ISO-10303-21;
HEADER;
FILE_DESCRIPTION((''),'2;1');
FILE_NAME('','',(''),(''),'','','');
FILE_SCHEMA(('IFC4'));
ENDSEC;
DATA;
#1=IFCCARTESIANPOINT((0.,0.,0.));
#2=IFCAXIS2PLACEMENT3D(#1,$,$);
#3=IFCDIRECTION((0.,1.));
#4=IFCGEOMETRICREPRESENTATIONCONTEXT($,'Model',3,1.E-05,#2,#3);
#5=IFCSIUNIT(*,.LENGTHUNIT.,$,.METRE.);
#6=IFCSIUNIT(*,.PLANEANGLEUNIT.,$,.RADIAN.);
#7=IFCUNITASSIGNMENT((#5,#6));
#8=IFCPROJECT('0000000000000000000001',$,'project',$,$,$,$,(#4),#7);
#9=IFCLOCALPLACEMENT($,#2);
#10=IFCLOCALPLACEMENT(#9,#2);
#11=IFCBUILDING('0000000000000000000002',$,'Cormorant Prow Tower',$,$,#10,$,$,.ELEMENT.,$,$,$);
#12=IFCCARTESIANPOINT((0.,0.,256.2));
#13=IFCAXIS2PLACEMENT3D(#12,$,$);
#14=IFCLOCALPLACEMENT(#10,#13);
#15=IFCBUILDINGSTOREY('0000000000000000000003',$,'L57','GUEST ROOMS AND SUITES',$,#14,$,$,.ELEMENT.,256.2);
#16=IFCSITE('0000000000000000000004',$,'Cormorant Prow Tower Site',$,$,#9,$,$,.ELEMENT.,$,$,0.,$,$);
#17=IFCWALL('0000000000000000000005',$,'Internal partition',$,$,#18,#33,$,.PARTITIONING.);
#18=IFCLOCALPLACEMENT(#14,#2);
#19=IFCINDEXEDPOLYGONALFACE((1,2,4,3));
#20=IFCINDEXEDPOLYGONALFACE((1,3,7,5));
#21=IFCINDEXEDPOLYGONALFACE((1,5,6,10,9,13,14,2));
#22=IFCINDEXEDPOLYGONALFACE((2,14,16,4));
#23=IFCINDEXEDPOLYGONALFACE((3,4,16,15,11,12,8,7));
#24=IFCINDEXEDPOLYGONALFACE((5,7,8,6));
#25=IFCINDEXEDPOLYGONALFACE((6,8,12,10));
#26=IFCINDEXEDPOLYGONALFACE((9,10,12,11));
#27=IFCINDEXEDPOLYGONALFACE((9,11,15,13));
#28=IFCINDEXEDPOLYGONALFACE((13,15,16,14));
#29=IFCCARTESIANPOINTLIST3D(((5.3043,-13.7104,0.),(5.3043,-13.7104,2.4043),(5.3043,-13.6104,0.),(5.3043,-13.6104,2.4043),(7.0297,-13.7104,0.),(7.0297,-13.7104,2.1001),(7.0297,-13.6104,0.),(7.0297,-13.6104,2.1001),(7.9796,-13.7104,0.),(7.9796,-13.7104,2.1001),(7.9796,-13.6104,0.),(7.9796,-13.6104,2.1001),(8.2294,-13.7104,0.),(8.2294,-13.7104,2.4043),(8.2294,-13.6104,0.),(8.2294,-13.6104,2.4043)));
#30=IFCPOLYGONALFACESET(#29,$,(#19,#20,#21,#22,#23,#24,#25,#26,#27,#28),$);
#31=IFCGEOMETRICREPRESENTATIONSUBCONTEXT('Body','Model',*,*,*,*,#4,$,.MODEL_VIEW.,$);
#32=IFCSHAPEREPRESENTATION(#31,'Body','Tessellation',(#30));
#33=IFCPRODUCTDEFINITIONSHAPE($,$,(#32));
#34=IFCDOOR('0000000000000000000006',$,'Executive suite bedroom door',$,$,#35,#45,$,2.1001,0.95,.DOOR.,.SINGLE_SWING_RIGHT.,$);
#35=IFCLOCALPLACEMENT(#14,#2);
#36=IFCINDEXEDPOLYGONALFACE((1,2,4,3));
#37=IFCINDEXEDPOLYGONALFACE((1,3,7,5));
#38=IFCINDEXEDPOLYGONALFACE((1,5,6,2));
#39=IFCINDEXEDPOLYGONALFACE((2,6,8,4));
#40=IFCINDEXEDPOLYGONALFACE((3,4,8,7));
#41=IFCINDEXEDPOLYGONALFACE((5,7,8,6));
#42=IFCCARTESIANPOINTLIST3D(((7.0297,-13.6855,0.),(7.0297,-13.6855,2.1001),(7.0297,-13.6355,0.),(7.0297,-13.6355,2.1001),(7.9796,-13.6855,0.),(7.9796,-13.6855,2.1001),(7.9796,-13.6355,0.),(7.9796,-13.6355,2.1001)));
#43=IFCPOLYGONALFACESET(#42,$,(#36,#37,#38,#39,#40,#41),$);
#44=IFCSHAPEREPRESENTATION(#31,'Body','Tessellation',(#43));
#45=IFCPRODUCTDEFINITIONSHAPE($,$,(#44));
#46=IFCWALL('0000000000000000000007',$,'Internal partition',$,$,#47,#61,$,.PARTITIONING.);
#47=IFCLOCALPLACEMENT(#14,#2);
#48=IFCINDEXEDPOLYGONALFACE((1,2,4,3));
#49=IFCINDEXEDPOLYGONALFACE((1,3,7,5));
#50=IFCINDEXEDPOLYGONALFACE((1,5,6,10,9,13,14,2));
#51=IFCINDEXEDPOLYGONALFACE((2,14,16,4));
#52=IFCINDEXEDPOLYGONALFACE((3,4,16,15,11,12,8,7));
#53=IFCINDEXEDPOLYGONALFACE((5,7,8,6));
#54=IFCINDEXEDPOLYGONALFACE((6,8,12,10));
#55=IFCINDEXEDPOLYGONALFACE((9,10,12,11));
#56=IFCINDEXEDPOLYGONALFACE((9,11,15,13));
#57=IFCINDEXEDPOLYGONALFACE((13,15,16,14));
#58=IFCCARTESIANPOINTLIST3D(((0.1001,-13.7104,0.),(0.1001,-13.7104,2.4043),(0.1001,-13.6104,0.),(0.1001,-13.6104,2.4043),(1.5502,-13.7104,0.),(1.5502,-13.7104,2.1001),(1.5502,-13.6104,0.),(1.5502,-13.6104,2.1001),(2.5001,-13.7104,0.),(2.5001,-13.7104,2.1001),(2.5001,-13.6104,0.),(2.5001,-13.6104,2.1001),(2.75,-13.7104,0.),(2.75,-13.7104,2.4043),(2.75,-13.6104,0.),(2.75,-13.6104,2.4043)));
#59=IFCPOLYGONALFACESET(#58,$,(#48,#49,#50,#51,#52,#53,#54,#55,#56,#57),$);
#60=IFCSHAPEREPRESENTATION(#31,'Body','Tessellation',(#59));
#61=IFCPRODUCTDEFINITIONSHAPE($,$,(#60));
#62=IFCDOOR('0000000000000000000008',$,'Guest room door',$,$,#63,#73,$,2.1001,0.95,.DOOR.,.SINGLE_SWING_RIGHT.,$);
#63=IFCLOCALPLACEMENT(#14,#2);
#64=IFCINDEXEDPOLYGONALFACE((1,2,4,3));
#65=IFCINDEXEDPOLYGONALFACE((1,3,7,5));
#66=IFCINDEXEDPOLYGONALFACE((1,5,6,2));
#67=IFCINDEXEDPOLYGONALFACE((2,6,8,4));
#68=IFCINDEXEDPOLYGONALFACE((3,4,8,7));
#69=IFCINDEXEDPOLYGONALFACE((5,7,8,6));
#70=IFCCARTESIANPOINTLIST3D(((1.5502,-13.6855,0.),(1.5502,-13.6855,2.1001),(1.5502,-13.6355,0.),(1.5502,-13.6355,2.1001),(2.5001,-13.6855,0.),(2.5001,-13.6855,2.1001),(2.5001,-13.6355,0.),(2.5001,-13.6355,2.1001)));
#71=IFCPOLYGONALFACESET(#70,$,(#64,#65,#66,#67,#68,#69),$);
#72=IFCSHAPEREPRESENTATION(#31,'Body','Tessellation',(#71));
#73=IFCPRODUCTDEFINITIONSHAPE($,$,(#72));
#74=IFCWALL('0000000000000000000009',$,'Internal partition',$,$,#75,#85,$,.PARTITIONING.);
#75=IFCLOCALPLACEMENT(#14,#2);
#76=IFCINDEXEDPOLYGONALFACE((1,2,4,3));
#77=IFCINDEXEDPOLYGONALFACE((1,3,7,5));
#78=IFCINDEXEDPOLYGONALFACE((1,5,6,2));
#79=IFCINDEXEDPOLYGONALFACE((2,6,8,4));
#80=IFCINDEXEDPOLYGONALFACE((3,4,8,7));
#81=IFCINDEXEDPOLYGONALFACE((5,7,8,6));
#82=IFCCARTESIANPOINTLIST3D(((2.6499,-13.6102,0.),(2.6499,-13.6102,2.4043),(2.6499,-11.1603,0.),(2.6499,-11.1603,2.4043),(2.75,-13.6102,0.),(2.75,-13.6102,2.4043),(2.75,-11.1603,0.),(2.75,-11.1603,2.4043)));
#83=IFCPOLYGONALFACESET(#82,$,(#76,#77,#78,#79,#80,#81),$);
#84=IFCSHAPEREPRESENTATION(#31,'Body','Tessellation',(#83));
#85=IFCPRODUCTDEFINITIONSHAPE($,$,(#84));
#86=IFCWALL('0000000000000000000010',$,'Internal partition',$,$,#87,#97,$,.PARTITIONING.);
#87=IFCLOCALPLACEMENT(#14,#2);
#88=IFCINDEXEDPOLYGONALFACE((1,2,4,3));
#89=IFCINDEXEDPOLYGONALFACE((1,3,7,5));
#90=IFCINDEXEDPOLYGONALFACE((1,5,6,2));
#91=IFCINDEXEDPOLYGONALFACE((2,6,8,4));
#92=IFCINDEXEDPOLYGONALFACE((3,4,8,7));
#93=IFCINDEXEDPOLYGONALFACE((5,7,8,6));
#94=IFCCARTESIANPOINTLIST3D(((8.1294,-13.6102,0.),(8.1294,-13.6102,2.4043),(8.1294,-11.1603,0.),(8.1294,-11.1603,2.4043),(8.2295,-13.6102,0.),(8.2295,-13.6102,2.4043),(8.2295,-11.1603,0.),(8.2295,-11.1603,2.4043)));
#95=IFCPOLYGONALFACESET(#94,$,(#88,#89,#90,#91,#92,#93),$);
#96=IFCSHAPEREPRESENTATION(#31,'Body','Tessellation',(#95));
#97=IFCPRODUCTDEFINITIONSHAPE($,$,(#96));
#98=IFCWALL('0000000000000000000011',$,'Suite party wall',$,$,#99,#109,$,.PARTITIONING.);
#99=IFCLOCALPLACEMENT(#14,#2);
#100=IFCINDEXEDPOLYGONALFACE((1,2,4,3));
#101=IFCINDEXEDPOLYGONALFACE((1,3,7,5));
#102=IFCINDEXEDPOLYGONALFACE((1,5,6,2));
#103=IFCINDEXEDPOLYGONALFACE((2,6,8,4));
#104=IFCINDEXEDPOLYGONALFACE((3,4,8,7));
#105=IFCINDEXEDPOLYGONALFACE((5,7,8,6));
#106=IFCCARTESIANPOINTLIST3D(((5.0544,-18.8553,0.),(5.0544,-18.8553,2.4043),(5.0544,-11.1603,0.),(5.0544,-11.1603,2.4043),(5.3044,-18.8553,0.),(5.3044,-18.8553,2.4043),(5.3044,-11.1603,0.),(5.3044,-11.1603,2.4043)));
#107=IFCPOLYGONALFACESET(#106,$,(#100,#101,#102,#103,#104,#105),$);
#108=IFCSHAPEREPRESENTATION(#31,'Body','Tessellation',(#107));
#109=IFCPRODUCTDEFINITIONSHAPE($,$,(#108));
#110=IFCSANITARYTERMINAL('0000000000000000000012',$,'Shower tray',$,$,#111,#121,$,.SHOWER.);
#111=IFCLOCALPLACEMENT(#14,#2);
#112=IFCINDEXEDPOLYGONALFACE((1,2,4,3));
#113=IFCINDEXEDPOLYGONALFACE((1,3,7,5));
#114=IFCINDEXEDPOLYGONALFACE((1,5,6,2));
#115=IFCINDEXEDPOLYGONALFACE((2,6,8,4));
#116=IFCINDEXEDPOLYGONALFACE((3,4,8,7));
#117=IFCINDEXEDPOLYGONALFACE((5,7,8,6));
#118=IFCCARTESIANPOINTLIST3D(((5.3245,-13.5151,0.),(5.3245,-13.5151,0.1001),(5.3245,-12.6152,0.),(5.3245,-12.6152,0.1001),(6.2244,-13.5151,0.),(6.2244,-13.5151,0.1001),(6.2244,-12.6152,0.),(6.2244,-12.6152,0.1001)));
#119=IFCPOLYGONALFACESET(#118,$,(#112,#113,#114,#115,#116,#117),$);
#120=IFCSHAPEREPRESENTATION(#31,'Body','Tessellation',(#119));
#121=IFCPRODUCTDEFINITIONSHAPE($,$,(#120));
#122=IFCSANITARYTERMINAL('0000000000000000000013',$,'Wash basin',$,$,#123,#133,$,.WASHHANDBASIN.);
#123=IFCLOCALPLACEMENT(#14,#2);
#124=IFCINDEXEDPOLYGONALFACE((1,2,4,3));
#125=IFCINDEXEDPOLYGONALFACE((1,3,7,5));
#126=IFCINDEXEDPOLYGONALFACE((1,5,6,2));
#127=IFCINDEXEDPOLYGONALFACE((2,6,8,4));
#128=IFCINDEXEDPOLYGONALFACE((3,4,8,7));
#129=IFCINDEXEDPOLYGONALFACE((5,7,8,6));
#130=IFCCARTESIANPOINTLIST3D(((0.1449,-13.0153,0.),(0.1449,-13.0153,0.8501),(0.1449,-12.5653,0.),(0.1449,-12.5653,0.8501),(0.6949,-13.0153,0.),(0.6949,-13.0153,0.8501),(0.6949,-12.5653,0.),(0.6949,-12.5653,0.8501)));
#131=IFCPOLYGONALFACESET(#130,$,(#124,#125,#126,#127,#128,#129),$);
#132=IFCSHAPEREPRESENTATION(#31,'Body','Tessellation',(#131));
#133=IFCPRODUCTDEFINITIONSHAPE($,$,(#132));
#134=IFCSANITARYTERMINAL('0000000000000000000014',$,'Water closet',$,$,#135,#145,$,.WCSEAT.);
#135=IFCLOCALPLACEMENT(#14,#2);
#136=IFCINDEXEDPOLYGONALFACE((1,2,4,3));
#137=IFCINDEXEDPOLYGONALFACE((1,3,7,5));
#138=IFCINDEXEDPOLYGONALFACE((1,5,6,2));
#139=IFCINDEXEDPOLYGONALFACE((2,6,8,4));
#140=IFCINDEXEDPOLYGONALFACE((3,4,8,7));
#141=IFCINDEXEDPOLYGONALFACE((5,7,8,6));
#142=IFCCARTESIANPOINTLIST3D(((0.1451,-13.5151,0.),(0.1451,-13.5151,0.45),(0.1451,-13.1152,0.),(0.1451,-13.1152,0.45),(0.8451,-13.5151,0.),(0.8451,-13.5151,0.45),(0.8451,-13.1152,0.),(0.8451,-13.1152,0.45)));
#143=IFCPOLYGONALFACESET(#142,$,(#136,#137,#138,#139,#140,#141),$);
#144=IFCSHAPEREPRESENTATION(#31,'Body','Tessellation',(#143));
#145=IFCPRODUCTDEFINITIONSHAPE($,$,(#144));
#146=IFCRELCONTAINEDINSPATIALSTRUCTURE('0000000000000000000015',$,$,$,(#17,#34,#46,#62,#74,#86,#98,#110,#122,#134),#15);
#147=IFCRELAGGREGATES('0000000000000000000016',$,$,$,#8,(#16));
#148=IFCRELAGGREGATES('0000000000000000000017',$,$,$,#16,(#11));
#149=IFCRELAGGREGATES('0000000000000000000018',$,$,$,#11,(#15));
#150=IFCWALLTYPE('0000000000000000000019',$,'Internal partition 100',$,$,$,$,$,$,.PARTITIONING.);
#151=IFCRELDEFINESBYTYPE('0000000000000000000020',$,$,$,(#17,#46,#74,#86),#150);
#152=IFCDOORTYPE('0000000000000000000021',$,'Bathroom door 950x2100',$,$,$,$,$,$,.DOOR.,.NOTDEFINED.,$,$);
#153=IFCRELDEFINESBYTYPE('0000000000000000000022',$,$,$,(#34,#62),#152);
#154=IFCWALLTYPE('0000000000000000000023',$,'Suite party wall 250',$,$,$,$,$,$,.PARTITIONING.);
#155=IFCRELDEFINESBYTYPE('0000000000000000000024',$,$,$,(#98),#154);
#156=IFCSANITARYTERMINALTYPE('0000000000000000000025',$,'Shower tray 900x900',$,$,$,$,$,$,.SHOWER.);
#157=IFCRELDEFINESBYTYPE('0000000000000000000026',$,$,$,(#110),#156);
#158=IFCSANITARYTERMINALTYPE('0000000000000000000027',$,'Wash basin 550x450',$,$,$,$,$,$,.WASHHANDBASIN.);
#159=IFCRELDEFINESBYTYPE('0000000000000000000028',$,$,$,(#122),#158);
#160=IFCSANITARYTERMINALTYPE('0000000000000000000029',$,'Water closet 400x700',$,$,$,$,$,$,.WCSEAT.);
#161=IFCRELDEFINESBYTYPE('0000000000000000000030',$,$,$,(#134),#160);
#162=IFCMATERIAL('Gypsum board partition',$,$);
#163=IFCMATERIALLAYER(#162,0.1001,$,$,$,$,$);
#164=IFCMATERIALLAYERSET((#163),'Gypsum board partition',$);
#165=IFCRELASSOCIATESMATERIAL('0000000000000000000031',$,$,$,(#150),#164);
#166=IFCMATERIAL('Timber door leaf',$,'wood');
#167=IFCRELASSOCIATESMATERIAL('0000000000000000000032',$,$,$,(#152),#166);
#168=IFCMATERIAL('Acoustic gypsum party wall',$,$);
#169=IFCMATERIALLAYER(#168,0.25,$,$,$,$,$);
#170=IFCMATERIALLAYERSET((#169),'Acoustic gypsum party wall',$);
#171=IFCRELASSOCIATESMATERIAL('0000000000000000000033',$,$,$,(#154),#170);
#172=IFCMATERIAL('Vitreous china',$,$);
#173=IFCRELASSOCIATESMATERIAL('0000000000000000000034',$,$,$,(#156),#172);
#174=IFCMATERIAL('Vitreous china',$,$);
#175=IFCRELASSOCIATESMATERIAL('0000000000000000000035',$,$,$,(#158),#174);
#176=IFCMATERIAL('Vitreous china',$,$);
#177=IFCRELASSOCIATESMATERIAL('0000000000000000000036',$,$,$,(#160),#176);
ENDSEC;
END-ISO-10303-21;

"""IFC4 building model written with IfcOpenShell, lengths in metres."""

from ifc_helpers import new_model, si_unit, direction, frame, frame_2d, origin, origin_2d, place, context, subcontext, project, spatial, rectangle, extrude, material, layer, layer_set, type_object, element, fill, save


model = new_model("IFC4")

# Units and contexts
model_context = context("Model", 3, precision=1e-05, world=origin(), true_north=direction((0.0, 1.0)))
body_context = subcontext(model_context, "Body", "Model", "MODEL_VIEW")
ifc_project = project(units=[si_unit("LENGTHUNIT", "METRE"), si_unit("PLANEANGLEUNIT", "RADIAN")], contexts=[model_context])

# Site, building, storey
site_placement = place(None, origin())
site = spatial("IfcSite", under=ifc_project, at=site_placement, Name="Cormorant Prow Tower Site", CompositionType="ELEMENT", RefElevation=0.0)
building_placement = place(site_placement, origin())
building = spatial("IfcBuilding", under=site, at=building_placement, Name="Cormorant Prow Tower", CompositionType="ELEMENT")
storey_placement = place(building_placement, frame((0.0, 0.0, 256.2)))
storey = spatial("IfcBuildingStorey", under=building, at=storey_placement, Name="L57", Description="GUEST ROOMS AND SUITES", CompositionType="ELEMENT", Elevation=256.2)

# Walls, openings, doors
ifc_material_1 = material(Name="Gypsum board partition")
ifc_layer_1 = layer(ifc_material_1, 0.1001)
ifc_layer_set_1 = layer_set([ifc_layer_1], Name="Gypsum board partition")
wall_type_1 = type_object("IfcWallType", Name="Internal partition 100", PredefinedType="PARTITIONING", material=ifc_layer_set_1)
wall_1_placement = place(storey_placement, frame((5.3044, -13.6604, 0.0), z_axis=(0.0, 0.0, 1.0), x_axis=(1.0, 0.0, 0.0)))
wall_1 = element("IfcWall", 1, at=wall_1_placement, inside=storey, type_object=wall_type_1, Name="Internal partition", PredefinedType="PARTITIONING", context=body_context, shape_type="SweptSolid", body=[
    extrude(rectangle(XDim=2.925, YDim=0.1001, at=frame_2d((1.4624, 0.0))), origin(), (0.0, 0.0, 1.0), 2.4043),
])
opening_1_placement = place(wall_1_placement, frame((1.7251, 0.0, 0.0)))
opening_1 = element("IfcOpeningElement", 2, at=opening_1_placement, cuts=wall_1, PredefinedType="OPENING", context=body_context, shape_type="SweptSolid", body=[
    extrude(rectangle(XDim=0.95, YDim=2.1001, at=frame_2d((0.4751, 1.05))), frame((0.0, 0.0601, 0.0), z_axis=(0.0, -1.0, 0.0), x_axis=(1.0, 0.0, 0.0)), (0.0, 0.0, 1.0), 0.1201),
])
ifc_material_2 = material(Name="Timber door leaf", Category="wood")
door_type_1 = type_object("IfcDoorType", Name="Bathroom door 950x2100", OperationType="NOTDEFINED", PredefinedType="DOOR", material=ifc_material_2)
door_1_placement = place(opening_1_placement, origin())
door_1 = element("IfcDoor", 3, at=door_1_placement, inside=storey, type_object=door_type_1, Name="Executive suite bedroom door", OperationType="SINGLE_SWING_RIGHT", OverallHeight=2.1001, OverallWidth=0.95, PredefinedType="DOOR", context=body_context, shape_type="SweptSolid", body=[
    extrude(rectangle(XDim=0.95, YDim=2.1001, at=frame_2d((0.4751, 1.05))), frame((0.0, 0.0249, 0.0), z_axis=(0.0, -1.0, 0.0), x_axis=(1.0, 0.0, 0.0)), (0.0, 0.0, 1.0), 0.05),
])
fill(opening_1, door_1)
wall_2_placement = place(storey_placement, frame((0.1001, -13.6604, 0.0), z_axis=(0.0, 0.0, 1.0), x_axis=(1.0, 0.0, 0.0)))
wall_2 = element("IfcWall", 4, at=wall_2_placement, inside=storey, type_object=wall_type_1, Name="Internal partition", PredefinedType="PARTITIONING", context=body_context, shape_type="SweptSolid", body=[
    extrude(rectangle(XDim=2.6499, YDim=0.1001, at=frame_2d((1.325, 0.0))), origin(), (0.0, 0.0, 1.0), 2.4043),
])
opening_2_placement = place(wall_2_placement, frame((1.45, 0.0, 0.0)))
opening_2 = element("IfcOpeningElement", 5, at=opening_2_placement, cuts=wall_2, PredefinedType="OPENING", context=body_context, shape_type="SweptSolid", body=[
    extrude(rectangle(XDim=0.95, YDim=2.1001, at=frame_2d((0.4751, 1.05))), frame((0.0, 0.0601, 0.0), z_axis=(0.0, -1.0, 0.0), x_axis=(1.0, 0.0, 0.0)), (0.0, 0.0, 1.0), 0.1201),
])
door_2_placement = place(opening_2_placement, origin())
door_2 = element("IfcDoor", 6, at=door_2_placement, inside=storey, type_object=door_type_1, Name="Guest room door", OperationType="SINGLE_SWING_RIGHT", OverallHeight=2.1001, OverallWidth=0.95, PredefinedType="DOOR", context=body_context, shape_type="SweptSolid", body=[
    extrude(rectangle(XDim=0.95, YDim=2.1001, at=frame_2d((0.4751, 1.05))), frame((0.0, 0.0249, 0.0), z_axis=(0.0, -1.0, 0.0), x_axis=(1.0, 0.0, 0.0)), (0.0, 0.0, 1.0), 0.05),
])
fill(opening_2, door_2)

# Walls
for number, where, z_axis, x_axis, name in (
    (7, (2.7, -13.6104, 0.0), (0.0, 0.0, 1.0), (0.0, 1.0, 0.0), "Internal partition"),
    (8, (8.1794, -13.6104, 0.0), (0.0, 0.0, 1.0), (0.0, 1.0, 0.0), "Internal partition"),
):
    element("IfcWall", number, at=place(storey_placement, frame(where, z_axis=z_axis, x_axis=x_axis)), inside=storey, type_object=wall_type_1, Name=name, PredefinedType="PARTITIONING", context=body_context, shape_type="SweptSolid", body=[
        extrude(rectangle(XDim=2.45, YDim=0.1001, at=frame_2d((1.2251, 0.0))), origin(), (0.0, 0.0, 1.0), 2.4043),
    ])
ifc_material_3 = material(Name="Acoustic gypsum party wall")
ifc_layer_2 = layer(ifc_material_3, 0.25)
ifc_layer_set_2 = layer_set([ifc_layer_2], Name="Acoustic gypsum party wall")
wall_type_2 = type_object("IfcWallType", Name="Suite party wall 250", PredefinedType="PARTITIONING", material=ifc_layer_set_2)
wall_3_placement = place(storey_placement, frame((5.1794, -18.8555, 0.0), z_axis=(0.0, 0.0, 1.0), x_axis=(0.0, 1.0, 0.0)))
element("IfcWall", 9, at=wall_3_placement, inside=storey, type_object=wall_type_2, Name="Suite party wall", PredefinedType="PARTITIONING", context=body_context, shape_type="SweptSolid", body=[
    extrude(rectangle(XDim=7.6951, YDim=0.25, at=frame_2d((3.8477, 0.0))), origin(), (0.0, 0.0, 1.0), 2.4043),
])

# Sanitary terminals
ifc_material_4 = material(Name="Vitreous china")
sanitary_terminal_type_1 = type_object("IfcSanitaryTerminalType", Name="Shower tray 900x900", PredefinedType="SHOWER", material=ifc_material_4)
sanitary_terminal_1_placement = place(storey_placement, frame((5.7744, -13.0652, 0.0), z_axis=(0.0, 0.0, 1.0), x_axis=(0.0, 1.0, 0.0)))
element("IfcSanitaryTerminal", 10, at=sanitary_terminal_1_placement, inside=storey, type_object=sanitary_terminal_type_1, Name="Shower tray", PredefinedType="SHOWER", context=body_context, shape_type="SweptSolid", body=[
    extrude(rectangle(XDim=0.8999, YDim=0.8999, at=origin_2d()), origin(), (0.0, 0.0, 1.0), 0.1001),
])
ifc_material_5 = material(Name="Vitreous china")
sanitary_terminal_type_2 = type_object("IfcSanitaryTerminalType", Name="Wash basin 550x450", PredefinedType="WASHHANDBASIN", material=ifc_material_5)
sanitary_terminal_2_placement = place(storey_placement, frame((0.4199, -12.7903, 0.0), z_axis=(0.0, 0.0, 1.0), x_axis=(1.0, 0.0, 0.0)))
element("IfcSanitaryTerminal", 11, at=sanitary_terminal_2_placement, inside=storey, type_object=sanitary_terminal_type_2, Name="Wash basin", PredefinedType="WASHHANDBASIN", context=body_context, shape_type="SweptSolid", body=[
    extrude(rectangle(XDim=0.55, YDim=0.45, at=origin_2d()), origin(), (0.0, 0.0, 1.0), 0.8501),
])
ifc_material_6 = material(Name="Vitreous china")
sanitary_terminal_type_3 = type_object("IfcSanitaryTerminalType", Name="Water closet 400x700", PredefinedType="WCSEAT", material=ifc_material_6)
sanitary_terminal_3_placement = place(storey_placement, frame((0.4951, -13.3152, 0.0), z_axis=(0.0, 0.0, 1.0), x_axis=(0.0, 1.0, 0.0)))
element("IfcSanitaryTerminal", 12, at=sanitary_terminal_3_placement, inside=storey, type_object=sanitary_terminal_type_3, Name="Water closet", PredefinedType="WCSEAT", context=body_context, shape_type="SweptSolid", body=[
    extrude(rectangle(XDim=0.3999, YDim=0.7, at=origin_2d()), origin(), (0.0, 0.0, 1.0), 0.45),
])

save(model, "model.ifc")
